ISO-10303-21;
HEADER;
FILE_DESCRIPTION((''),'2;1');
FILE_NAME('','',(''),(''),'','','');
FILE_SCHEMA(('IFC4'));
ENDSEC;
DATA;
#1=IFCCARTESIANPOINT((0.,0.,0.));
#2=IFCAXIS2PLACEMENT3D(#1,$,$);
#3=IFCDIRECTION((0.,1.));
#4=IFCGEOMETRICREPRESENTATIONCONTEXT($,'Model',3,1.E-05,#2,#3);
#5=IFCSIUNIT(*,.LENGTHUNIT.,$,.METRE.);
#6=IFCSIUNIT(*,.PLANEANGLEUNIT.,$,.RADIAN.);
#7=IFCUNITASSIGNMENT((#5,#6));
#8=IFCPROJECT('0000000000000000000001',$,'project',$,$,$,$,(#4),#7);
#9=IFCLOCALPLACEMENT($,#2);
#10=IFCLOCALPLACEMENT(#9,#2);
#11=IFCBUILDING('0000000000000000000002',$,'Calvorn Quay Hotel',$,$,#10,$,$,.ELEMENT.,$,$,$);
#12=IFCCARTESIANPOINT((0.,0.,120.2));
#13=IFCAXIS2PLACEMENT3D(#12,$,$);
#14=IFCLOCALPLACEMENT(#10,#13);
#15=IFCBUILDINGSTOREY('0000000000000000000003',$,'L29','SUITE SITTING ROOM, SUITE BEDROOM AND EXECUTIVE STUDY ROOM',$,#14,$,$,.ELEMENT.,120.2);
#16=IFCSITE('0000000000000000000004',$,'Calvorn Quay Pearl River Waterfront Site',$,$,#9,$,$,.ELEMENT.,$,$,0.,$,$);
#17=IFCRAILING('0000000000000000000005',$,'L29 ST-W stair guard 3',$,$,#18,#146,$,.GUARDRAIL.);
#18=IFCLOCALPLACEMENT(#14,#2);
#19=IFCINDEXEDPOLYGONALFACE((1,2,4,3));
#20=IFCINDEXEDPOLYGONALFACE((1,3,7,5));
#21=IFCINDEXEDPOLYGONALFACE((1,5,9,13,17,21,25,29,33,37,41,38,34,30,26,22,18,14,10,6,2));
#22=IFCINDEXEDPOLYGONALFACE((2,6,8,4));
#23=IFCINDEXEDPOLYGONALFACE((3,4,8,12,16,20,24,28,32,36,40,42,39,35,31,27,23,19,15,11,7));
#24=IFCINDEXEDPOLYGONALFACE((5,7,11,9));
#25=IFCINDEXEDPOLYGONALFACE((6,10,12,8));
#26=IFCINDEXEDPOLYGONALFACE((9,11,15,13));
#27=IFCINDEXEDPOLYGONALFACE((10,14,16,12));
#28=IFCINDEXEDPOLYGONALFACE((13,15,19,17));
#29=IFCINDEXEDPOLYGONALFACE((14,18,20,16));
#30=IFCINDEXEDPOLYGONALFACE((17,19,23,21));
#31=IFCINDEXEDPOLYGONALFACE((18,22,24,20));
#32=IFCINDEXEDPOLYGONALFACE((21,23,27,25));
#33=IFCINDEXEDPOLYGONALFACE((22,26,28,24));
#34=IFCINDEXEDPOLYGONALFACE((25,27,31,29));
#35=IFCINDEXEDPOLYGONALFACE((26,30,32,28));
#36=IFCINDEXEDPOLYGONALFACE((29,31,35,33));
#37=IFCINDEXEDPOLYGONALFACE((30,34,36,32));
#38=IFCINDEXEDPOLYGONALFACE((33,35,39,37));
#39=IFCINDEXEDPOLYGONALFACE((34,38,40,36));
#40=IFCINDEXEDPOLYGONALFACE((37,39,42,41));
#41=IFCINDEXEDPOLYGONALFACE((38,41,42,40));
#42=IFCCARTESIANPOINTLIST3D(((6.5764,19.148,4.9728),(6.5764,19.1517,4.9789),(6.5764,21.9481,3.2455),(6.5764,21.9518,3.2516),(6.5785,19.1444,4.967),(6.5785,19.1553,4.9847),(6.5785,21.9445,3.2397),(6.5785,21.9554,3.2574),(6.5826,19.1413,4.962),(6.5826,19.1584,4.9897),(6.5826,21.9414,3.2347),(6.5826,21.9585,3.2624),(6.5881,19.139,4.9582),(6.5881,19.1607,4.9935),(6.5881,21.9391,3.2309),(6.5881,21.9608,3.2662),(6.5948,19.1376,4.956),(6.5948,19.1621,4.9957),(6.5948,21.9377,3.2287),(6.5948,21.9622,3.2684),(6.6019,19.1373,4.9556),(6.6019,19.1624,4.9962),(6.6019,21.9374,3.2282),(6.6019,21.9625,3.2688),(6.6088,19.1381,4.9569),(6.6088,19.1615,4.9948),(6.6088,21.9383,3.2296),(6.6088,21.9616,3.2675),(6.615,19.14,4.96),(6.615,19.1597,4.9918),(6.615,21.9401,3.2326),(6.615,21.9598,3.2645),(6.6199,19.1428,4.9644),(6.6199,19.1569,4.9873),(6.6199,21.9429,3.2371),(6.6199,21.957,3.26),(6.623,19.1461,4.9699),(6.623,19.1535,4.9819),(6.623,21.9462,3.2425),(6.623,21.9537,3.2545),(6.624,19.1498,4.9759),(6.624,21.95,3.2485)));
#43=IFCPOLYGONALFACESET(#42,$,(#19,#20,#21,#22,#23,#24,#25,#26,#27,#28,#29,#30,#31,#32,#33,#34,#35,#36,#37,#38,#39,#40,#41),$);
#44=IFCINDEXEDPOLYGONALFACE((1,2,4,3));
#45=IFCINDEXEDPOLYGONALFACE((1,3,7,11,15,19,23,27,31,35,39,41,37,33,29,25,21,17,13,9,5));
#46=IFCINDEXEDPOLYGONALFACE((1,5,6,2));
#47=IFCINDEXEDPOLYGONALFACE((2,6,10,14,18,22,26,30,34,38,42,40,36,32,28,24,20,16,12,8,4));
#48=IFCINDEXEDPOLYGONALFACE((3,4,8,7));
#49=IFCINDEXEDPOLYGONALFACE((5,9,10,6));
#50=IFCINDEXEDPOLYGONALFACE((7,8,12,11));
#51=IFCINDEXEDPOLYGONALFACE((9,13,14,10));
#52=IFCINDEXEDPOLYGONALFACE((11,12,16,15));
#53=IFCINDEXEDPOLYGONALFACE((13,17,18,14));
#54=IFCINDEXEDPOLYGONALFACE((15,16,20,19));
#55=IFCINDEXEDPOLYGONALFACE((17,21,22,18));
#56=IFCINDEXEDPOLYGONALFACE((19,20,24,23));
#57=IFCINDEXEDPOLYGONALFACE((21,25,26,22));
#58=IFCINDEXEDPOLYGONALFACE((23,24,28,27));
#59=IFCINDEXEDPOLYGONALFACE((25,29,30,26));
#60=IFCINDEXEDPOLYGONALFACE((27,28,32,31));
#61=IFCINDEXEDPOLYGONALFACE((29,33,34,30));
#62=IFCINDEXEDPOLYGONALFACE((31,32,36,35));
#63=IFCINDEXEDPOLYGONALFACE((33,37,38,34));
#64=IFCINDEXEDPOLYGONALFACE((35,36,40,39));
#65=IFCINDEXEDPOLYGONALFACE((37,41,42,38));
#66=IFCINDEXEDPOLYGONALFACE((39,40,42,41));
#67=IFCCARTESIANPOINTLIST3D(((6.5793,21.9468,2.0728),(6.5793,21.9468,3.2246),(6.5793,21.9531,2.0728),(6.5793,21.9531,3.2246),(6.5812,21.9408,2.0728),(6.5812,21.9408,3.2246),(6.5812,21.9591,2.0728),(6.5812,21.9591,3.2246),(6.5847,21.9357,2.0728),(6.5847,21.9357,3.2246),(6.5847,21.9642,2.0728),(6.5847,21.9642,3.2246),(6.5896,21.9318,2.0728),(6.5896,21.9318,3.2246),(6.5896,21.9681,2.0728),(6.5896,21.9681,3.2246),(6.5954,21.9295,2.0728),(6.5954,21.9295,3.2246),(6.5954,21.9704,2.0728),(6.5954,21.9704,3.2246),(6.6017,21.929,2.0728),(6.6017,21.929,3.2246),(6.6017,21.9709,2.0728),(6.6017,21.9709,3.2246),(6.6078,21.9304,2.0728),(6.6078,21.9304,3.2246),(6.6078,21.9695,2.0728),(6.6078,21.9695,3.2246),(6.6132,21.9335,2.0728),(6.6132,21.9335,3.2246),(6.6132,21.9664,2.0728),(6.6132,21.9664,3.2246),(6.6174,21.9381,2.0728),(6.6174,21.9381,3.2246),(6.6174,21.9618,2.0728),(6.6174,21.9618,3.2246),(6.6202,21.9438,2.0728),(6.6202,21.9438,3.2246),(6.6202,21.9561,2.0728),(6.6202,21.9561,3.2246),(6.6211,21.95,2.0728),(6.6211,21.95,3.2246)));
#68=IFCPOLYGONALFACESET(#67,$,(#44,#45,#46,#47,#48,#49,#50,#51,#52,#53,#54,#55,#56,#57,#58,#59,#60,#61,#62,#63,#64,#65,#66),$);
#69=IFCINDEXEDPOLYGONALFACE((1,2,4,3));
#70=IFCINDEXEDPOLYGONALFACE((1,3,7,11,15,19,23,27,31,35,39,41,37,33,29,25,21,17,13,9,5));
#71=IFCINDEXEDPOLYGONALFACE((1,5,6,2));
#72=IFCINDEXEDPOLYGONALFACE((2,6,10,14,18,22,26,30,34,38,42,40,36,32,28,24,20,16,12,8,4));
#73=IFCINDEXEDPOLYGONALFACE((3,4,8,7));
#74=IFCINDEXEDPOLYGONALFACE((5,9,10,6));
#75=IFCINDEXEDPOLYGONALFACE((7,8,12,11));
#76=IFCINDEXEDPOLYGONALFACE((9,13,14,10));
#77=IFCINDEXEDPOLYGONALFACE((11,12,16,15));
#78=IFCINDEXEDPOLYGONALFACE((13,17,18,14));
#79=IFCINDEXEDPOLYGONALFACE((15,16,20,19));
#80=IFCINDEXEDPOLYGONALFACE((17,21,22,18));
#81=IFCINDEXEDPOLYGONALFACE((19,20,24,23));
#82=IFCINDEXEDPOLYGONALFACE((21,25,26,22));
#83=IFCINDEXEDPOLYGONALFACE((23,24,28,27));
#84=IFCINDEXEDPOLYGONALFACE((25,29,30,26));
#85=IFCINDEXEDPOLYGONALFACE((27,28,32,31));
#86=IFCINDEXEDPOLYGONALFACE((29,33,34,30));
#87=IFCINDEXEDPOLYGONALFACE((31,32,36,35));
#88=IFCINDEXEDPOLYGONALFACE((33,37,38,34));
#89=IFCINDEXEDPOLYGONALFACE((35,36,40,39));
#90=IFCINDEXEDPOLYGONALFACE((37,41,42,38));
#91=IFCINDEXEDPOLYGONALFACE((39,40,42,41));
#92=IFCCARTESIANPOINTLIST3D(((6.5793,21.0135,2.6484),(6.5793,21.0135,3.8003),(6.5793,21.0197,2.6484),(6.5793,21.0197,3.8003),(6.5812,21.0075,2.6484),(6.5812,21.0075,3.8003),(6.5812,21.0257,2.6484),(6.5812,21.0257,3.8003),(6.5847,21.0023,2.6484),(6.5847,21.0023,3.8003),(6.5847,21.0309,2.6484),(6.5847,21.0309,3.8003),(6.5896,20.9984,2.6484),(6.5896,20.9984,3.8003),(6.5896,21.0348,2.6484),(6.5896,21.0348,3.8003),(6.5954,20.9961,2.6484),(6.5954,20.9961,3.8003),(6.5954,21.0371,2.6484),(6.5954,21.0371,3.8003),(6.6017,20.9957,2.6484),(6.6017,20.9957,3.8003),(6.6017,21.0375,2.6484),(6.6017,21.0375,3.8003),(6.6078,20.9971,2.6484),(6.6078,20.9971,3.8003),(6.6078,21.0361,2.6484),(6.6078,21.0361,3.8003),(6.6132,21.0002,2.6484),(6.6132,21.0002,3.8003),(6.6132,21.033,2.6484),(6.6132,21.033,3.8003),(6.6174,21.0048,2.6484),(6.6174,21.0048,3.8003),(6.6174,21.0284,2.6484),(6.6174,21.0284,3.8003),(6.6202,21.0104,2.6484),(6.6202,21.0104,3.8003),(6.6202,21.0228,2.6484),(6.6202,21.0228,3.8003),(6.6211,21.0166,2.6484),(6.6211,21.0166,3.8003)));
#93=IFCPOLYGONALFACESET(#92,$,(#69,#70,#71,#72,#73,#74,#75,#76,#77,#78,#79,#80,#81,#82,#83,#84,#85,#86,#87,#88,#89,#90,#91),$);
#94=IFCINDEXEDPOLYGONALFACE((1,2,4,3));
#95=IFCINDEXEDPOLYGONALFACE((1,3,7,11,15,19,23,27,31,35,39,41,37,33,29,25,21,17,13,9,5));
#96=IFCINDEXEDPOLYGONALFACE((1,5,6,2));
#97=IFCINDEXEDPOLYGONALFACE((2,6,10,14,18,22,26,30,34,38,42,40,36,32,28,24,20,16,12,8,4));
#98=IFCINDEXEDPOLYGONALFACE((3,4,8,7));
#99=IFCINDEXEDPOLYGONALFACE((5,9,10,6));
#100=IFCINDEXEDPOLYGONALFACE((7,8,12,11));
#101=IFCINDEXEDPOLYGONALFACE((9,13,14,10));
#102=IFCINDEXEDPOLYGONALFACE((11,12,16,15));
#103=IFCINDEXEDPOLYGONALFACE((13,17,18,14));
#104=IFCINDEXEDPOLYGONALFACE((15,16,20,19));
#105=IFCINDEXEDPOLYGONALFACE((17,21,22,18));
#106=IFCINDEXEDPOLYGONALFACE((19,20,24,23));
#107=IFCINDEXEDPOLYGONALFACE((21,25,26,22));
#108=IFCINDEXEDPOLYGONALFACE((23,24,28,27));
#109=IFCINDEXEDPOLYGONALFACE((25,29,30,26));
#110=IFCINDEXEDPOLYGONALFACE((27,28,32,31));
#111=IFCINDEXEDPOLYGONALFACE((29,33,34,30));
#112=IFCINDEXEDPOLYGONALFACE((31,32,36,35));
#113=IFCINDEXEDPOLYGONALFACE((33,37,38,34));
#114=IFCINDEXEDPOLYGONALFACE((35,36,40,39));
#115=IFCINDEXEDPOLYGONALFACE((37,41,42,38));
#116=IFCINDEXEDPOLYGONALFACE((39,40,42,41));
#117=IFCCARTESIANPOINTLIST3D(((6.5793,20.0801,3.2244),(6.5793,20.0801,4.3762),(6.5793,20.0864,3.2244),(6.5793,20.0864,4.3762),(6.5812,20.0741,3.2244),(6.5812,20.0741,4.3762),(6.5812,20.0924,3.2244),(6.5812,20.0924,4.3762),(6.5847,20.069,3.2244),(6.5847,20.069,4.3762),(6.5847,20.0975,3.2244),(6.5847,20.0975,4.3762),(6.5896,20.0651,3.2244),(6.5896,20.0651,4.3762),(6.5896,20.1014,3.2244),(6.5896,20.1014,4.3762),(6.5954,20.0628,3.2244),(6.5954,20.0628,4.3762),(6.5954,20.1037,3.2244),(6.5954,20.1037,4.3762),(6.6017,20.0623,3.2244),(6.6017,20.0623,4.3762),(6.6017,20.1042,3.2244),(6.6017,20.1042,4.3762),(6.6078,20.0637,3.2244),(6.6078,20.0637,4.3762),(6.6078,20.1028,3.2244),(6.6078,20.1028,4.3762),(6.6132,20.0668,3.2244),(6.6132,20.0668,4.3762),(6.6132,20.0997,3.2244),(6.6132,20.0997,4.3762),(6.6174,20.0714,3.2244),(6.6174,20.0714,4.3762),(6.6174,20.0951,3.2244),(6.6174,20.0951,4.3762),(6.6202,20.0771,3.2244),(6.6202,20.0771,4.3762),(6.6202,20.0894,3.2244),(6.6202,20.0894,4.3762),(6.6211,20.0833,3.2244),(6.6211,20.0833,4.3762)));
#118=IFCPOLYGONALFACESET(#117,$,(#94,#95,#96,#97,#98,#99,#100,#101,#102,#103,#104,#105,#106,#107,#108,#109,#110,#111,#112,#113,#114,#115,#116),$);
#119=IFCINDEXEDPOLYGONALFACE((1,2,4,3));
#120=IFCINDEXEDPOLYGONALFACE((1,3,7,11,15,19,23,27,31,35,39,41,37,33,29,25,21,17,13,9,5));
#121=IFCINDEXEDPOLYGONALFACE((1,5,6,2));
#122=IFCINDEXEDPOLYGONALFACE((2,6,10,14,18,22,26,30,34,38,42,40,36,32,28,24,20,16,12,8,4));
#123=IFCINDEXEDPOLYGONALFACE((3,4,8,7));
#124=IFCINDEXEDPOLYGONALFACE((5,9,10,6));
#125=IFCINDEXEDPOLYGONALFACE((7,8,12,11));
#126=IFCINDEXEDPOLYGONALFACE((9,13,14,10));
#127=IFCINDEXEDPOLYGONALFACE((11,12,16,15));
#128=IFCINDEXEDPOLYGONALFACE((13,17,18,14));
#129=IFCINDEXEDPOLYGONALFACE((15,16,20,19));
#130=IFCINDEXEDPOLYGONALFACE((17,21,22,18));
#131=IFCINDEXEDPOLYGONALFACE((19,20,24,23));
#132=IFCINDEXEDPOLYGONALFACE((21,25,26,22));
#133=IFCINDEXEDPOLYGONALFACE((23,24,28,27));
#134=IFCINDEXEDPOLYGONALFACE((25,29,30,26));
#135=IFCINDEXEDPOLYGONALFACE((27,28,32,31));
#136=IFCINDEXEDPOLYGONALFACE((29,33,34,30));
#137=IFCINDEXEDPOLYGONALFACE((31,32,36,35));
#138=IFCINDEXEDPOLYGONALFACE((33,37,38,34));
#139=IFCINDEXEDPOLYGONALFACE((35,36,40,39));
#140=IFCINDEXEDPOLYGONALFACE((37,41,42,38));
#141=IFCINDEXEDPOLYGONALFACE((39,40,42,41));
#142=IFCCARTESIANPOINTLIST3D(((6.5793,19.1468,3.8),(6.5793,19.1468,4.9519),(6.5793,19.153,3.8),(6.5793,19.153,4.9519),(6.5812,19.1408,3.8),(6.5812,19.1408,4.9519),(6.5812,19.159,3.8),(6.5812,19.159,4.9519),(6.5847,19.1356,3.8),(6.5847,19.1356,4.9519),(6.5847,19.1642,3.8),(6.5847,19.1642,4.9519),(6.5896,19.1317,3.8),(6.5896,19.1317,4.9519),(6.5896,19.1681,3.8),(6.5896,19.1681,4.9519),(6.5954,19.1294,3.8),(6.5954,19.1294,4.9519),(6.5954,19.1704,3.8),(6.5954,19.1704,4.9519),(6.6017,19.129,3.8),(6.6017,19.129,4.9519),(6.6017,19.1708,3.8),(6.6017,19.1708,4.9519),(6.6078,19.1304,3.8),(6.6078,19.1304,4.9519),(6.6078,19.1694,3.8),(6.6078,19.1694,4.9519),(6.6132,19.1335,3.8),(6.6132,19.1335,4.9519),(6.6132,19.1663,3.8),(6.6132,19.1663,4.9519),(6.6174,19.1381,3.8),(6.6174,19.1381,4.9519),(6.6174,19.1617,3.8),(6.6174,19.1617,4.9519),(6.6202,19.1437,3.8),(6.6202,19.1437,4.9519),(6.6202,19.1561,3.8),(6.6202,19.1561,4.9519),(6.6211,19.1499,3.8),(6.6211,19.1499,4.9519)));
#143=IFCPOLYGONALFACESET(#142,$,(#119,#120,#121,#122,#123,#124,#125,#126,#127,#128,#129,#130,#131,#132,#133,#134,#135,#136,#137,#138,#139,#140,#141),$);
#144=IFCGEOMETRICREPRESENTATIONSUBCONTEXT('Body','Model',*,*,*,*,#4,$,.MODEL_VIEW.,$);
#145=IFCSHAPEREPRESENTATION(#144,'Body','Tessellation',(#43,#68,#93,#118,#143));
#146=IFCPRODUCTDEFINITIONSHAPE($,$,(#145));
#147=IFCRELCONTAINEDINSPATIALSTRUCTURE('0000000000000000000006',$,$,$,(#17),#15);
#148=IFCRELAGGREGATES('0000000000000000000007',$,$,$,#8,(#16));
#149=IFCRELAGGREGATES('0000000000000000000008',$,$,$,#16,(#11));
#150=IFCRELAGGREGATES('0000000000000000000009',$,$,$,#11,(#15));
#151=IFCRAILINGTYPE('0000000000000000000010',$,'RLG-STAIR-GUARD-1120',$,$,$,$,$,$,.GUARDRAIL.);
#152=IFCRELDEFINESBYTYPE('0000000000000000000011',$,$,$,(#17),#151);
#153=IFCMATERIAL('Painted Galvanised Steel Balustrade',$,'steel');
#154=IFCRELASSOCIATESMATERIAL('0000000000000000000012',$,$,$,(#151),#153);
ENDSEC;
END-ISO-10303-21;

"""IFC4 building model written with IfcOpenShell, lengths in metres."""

from ifc_helpers import new_model, si_unit, direction, frame, origin, origin_2d, place, context, subcontext, project, spatial, circle, extrude, material, type_object, element, save


model = new_model("IFC4")

# Units and contexts
model_context = context("Model", 3, precision=1e-05, world=origin(), true_north=direction((0.0, 1.0)))
body_context = subcontext(model_context, "Body", "Model", "MODEL_VIEW")
ifc_project = project(units=[si_unit("LENGTHUNIT", "METRE"), si_unit("PLANEANGLEUNIT", "RADIAN")], contexts=[model_context])

# Site, building, storey
site_placement = place(None, origin())
site = spatial("IfcSite", under=ifc_project, at=site_placement, Name="Calvorn Quay Pearl River Waterfront Site", CompositionType="ELEMENT", RefElevation=0.0)
building_placement = place(site_placement, origin())
building = spatial("IfcBuilding", under=site, at=building_placement, Name="Calvorn Quay Hotel", CompositionType="ELEMENT")
storey_placement = place(building_placement, frame((0.0, 0.0, 120.2)))
storey = spatial("IfcBuildingStorey", under=building, at=storey_placement, Name="L29", Description="SUITE SITTING ROOM, SUITE BEDROOM AND EXECUTIVE STUDY ROOM", CompositionType="ELEMENT", Elevation=120.2)

# Railing
ifc_material_1 = material(Name="Painted Galvanised Steel Balustrade", Category="steel")
railing_type_1 = type_object("IfcRailingType", Name="RLG-STAIR-GUARD-1120", PredefinedType="GUARDRAIL", material=ifc_material_1)
railing_1_placement = place(storey_placement, frame((6.6001, 21.95, 2.0728)))
element("IfcRailing", 1, at=railing_1_placement, inside=storey, type_object=railing_type_1, Name="L29 ST-W stair guard 3", PredefinedType="GUARDRAIL", context=body_context, shape_type="SweptSolid", body=[
    extrude(circle(Radius=0.0239, at=origin_2d()), frame((0.0, 0.0, 1.1758), z_axis=(0.0, -0.85109, 0.52502), x_axis=(1.0, 0.0, 0.0)), (0.0, 0.0, 1.0), 3.29),
    extrude(circle(Radius=0.021, at=origin_2d()), origin(), (0.0, 0.0, 1.0), 1.1519),
    extrude(circle(Radius=0.021, at=origin_2d()), frame((0.0, -0.9333, 0.5757)), (0.0, 0.0, 1.0), 1.1519),
    extrude(circle(Radius=0.021, at=origin_2d()), frame((0.0, -1.8667, 1.1516)), (0.0, 0.0, 1.0), 1.1519),
    extrude(circle(Radius=0.021, at=origin_2d()), frame((0.0, -2.8, 1.7273)), (0.0, 0.0, 1.0), 1.1519),
])

save(model, "model.ifc")
